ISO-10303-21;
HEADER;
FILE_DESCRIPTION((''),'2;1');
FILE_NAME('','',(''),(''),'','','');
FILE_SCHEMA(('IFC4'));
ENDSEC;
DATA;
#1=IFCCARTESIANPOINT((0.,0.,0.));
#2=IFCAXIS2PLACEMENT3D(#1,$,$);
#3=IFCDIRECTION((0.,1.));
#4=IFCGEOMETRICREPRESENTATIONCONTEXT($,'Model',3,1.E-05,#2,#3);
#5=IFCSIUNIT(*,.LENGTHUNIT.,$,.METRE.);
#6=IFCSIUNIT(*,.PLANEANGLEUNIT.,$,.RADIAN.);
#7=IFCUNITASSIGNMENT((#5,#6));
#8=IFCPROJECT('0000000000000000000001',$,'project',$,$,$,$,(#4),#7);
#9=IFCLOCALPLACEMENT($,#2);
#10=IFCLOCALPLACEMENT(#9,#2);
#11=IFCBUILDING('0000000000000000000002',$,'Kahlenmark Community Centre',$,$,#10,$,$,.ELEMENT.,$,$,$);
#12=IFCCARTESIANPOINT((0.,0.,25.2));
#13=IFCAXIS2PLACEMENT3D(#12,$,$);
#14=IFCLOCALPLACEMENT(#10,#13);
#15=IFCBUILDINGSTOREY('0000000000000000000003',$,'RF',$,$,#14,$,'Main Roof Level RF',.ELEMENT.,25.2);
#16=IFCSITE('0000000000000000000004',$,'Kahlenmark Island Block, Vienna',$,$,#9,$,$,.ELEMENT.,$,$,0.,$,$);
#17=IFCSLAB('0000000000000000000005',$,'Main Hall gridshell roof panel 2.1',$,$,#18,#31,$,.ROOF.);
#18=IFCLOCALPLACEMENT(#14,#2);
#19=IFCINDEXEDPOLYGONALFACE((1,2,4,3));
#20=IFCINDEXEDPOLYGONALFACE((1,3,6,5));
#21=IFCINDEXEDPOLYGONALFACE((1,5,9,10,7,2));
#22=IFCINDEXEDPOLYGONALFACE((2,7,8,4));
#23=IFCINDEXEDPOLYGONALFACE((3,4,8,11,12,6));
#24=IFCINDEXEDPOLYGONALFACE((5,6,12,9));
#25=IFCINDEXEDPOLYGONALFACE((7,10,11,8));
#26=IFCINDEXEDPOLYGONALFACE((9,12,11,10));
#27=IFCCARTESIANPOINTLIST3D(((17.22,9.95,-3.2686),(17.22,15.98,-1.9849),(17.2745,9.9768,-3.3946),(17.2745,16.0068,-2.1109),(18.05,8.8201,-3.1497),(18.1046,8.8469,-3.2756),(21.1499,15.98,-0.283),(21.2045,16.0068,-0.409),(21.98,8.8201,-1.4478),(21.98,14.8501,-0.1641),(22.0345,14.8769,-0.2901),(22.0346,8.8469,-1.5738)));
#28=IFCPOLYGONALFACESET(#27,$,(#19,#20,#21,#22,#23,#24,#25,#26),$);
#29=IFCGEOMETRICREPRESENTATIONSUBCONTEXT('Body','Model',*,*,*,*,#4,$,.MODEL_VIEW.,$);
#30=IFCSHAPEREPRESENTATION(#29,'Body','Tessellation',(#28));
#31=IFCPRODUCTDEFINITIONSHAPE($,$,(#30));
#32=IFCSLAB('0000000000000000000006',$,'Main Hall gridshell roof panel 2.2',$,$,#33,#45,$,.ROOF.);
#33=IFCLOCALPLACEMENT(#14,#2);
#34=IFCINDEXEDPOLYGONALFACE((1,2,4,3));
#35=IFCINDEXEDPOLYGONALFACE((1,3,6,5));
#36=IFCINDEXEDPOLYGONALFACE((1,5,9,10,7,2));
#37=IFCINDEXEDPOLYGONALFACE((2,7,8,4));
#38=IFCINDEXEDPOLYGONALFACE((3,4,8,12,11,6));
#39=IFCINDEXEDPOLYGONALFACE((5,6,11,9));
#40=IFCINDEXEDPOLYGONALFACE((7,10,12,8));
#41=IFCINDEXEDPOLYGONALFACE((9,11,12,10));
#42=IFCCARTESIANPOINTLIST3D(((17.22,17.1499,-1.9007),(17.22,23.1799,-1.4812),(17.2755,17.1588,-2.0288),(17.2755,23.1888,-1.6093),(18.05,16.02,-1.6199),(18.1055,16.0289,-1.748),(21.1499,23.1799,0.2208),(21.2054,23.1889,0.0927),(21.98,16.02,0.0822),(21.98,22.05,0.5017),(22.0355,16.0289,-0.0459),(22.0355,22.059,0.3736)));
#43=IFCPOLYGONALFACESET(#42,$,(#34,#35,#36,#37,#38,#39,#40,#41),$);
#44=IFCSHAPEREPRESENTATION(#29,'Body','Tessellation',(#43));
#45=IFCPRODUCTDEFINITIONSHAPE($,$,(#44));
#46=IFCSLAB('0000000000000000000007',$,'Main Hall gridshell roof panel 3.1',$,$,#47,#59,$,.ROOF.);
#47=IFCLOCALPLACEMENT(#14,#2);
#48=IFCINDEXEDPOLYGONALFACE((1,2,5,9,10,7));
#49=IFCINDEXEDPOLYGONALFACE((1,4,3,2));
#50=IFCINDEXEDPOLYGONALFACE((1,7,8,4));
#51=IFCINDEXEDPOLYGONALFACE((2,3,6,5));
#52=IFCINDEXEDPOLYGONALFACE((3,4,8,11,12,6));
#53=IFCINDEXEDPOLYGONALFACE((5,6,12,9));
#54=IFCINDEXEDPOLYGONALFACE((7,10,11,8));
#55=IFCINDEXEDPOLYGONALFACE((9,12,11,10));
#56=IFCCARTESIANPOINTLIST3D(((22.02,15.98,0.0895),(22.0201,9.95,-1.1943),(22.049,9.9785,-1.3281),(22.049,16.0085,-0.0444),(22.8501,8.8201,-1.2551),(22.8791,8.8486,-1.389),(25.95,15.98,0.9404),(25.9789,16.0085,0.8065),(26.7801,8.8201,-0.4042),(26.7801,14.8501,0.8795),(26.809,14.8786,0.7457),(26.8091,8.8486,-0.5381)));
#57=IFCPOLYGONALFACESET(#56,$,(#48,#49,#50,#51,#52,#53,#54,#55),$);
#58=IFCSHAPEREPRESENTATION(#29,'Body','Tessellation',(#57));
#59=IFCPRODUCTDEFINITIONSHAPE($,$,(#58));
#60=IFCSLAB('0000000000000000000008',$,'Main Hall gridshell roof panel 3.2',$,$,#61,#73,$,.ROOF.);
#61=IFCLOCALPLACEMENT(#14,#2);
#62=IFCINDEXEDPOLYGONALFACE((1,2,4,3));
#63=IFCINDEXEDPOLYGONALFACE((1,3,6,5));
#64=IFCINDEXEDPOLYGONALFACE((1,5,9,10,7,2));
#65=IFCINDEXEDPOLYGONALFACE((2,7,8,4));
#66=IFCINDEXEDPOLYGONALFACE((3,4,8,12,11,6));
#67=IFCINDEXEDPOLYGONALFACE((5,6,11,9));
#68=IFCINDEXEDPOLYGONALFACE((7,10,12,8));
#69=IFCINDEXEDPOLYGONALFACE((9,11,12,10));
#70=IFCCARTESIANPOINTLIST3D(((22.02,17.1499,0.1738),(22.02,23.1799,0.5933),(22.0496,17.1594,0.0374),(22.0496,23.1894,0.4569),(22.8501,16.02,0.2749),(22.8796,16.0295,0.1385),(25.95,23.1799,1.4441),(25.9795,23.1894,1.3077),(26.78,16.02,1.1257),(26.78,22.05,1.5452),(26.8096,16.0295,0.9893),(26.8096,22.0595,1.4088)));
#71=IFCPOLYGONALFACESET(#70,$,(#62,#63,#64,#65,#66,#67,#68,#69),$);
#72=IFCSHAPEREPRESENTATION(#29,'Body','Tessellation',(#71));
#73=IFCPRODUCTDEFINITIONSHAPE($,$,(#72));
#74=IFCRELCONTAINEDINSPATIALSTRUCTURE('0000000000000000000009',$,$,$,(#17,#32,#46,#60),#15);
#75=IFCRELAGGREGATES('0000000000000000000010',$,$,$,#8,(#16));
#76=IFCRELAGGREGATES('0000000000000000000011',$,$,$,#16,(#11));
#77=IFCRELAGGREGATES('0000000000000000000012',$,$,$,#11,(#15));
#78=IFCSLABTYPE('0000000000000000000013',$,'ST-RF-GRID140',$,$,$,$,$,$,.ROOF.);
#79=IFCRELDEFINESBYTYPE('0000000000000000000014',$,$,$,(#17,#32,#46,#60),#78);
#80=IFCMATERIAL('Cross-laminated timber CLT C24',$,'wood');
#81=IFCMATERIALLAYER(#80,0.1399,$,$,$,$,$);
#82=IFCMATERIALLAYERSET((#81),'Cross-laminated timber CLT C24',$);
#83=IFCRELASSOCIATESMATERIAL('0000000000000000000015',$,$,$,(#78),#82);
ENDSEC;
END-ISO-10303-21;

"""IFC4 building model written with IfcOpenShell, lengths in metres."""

from ifc_helpers import new_model, si_unit, direction, frame, origin, place, context, subcontext, project, spatial, polyline, outline, extrude, material, layer, layer_set, type_object, element, save


model = new_model("IFC4")

# Units and contexts
model_context = context("Model", 3, precision=1e-05, world=origin(), true_north=direction((0.0, 1.0)))
body_context = subcontext(model_context, "Body", "Model", "MODEL_VIEW")
ifc_project = project(units=[si_unit("LENGTHUNIT", "METRE"), si_unit("PLANEANGLEUNIT", "RADIAN")], contexts=[model_context])

# Site, building, storey
site_placement = place(None, origin())
site = spatial("IfcSite", under=ifc_project, at=site_placement, Name="Kahlenmark Island Block, Vienna", CompositionType="ELEMENT", RefElevation=0.0)
building_placement = place(site_placement, origin())
building = spatial("IfcBuilding", under=site, at=building_placement, Name="Kahlenmark Community Centre", CompositionType="ELEMENT")
storey_placement = place(building_placement, frame((0.0, 0.0, 25.2)))
storey = spatial("IfcBuildingStorey", under=building, at=storey_placement, Name="RF", LongName="Main Roof Level RF", CompositionType="ELEMENT", Elevation=25.2)

# Slabs
ifc_material_1 = material(Name="Cross-laminated timber CLT C24", Category="wood")
ifc_layer_1 = layer(ifc_material_1, 0.1399)
ifc_layer_set_1 = layer_set([ifc_layer_1], Name="Cross-laminated timber CLT C24")
slab_type = type_object("IfcSlabType", Name="ST-RF-GRID140", PredefinedType="ROOF", material=ifc_layer_set_1)
slab_1_placement = place(storey_placement, frame((18.05, 8.8201, -3.1497), z_axis=(-0.390019, -0.191733, 0.900624), x_axis=(0.917649, 0.000001, 0.397392)))
element("IfcSlab", 1, at=slab_1_placement, inside=storey, type_object=slab_type, Name="Main Hall gridshell roof panel 2.1", PredefinedType="ROOF", context=body_context, shape_type="SweptSolid", body=[
    extrude(outline(polyline([(0.0, 0.0), (4.2826, 0.0), (4.7928, 6.144), (3.9838, 7.2953), (-0.2988, 7.2953), (-0.809, 1.1512), (0.0, 0.0)])), origin(), (0.0, 0.0, -1.0), 0.1399),
])
slab_2_placement = place(storey_placement, frame((18.05, 16.02, -1.6199), z_axis=(-0.396614, -0.063718, 0.915772), x_axis=(0.917636, 0.000002, 0.397422)))
element("IfcSlab", 2, at=slab_2_placement, inside=storey, type_object=slab_type, Name="Main Hall gridshell roof panel 2.2", PredefinedType="ROOF", context=body_context, shape_type="SweptSolid", body=[
    extrude(outline(polyline([(0.0, 0.0), (4.2827, 0.0), (4.4494, 6.0423), (3.5761, 7.1745), (-0.7066, 7.1745), (-0.8733, 1.1322), (0.0, 0.0)])), origin(), (0.0, 0.0, -1.0), 0.1399),
])
slab_3_placement = place(storey_placement, frame((22.8501, 8.8201, -1.2551), z_axis=(-0.207169, -0.203713, 0.95686), x_axis=(0.977354, 0.00001, 0.211609)))
element("IfcSlab", 3, at=slab_3_placement, inside=storey, type_object=slab_type, Name="Main Hall gridshell roof panel 3.1", PredefinedType="ROOF", context=body_context, shape_type="SweptSolid", body=[
    extrude(outline(polyline([(0.0, 0.0), (4.021, 0.0), (4.2927, 6.1592), (3.4943, 7.3132), (-0.5267, 7.3133), (-0.7984, 1.1541), (0.0, 0.0)])), origin(), (0.0, 0.0, -1.0), 0.1399),
])
slab_4_placement = place(storey_placement, frame((22.8501, 16.02, 0.2749), z_axis=(-0.211103, -0.067831, 0.975107), x_axis=(0.977359, 0.000001, 0.21159)))
element("IfcSlab", 4, at=slab_4_placement, inside=storey, type_object=slab_type, Name="Main Hall gridshell roof panel 3.2", PredefinedType="ROOF", context=body_context, shape_type="SweptSolid", body=[
    extrude(outline(polyline([(0.0, 0.0), (4.021, 0.0), (4.1097, 6.0439), (3.2771, 7.1764), (-0.7439, 7.1764), (-0.8327, 1.1325), (0.0, 0.0)])), origin(), (0.0, 0.0, -1.0), 0.1399),
])

save(model, "model.ifc")
